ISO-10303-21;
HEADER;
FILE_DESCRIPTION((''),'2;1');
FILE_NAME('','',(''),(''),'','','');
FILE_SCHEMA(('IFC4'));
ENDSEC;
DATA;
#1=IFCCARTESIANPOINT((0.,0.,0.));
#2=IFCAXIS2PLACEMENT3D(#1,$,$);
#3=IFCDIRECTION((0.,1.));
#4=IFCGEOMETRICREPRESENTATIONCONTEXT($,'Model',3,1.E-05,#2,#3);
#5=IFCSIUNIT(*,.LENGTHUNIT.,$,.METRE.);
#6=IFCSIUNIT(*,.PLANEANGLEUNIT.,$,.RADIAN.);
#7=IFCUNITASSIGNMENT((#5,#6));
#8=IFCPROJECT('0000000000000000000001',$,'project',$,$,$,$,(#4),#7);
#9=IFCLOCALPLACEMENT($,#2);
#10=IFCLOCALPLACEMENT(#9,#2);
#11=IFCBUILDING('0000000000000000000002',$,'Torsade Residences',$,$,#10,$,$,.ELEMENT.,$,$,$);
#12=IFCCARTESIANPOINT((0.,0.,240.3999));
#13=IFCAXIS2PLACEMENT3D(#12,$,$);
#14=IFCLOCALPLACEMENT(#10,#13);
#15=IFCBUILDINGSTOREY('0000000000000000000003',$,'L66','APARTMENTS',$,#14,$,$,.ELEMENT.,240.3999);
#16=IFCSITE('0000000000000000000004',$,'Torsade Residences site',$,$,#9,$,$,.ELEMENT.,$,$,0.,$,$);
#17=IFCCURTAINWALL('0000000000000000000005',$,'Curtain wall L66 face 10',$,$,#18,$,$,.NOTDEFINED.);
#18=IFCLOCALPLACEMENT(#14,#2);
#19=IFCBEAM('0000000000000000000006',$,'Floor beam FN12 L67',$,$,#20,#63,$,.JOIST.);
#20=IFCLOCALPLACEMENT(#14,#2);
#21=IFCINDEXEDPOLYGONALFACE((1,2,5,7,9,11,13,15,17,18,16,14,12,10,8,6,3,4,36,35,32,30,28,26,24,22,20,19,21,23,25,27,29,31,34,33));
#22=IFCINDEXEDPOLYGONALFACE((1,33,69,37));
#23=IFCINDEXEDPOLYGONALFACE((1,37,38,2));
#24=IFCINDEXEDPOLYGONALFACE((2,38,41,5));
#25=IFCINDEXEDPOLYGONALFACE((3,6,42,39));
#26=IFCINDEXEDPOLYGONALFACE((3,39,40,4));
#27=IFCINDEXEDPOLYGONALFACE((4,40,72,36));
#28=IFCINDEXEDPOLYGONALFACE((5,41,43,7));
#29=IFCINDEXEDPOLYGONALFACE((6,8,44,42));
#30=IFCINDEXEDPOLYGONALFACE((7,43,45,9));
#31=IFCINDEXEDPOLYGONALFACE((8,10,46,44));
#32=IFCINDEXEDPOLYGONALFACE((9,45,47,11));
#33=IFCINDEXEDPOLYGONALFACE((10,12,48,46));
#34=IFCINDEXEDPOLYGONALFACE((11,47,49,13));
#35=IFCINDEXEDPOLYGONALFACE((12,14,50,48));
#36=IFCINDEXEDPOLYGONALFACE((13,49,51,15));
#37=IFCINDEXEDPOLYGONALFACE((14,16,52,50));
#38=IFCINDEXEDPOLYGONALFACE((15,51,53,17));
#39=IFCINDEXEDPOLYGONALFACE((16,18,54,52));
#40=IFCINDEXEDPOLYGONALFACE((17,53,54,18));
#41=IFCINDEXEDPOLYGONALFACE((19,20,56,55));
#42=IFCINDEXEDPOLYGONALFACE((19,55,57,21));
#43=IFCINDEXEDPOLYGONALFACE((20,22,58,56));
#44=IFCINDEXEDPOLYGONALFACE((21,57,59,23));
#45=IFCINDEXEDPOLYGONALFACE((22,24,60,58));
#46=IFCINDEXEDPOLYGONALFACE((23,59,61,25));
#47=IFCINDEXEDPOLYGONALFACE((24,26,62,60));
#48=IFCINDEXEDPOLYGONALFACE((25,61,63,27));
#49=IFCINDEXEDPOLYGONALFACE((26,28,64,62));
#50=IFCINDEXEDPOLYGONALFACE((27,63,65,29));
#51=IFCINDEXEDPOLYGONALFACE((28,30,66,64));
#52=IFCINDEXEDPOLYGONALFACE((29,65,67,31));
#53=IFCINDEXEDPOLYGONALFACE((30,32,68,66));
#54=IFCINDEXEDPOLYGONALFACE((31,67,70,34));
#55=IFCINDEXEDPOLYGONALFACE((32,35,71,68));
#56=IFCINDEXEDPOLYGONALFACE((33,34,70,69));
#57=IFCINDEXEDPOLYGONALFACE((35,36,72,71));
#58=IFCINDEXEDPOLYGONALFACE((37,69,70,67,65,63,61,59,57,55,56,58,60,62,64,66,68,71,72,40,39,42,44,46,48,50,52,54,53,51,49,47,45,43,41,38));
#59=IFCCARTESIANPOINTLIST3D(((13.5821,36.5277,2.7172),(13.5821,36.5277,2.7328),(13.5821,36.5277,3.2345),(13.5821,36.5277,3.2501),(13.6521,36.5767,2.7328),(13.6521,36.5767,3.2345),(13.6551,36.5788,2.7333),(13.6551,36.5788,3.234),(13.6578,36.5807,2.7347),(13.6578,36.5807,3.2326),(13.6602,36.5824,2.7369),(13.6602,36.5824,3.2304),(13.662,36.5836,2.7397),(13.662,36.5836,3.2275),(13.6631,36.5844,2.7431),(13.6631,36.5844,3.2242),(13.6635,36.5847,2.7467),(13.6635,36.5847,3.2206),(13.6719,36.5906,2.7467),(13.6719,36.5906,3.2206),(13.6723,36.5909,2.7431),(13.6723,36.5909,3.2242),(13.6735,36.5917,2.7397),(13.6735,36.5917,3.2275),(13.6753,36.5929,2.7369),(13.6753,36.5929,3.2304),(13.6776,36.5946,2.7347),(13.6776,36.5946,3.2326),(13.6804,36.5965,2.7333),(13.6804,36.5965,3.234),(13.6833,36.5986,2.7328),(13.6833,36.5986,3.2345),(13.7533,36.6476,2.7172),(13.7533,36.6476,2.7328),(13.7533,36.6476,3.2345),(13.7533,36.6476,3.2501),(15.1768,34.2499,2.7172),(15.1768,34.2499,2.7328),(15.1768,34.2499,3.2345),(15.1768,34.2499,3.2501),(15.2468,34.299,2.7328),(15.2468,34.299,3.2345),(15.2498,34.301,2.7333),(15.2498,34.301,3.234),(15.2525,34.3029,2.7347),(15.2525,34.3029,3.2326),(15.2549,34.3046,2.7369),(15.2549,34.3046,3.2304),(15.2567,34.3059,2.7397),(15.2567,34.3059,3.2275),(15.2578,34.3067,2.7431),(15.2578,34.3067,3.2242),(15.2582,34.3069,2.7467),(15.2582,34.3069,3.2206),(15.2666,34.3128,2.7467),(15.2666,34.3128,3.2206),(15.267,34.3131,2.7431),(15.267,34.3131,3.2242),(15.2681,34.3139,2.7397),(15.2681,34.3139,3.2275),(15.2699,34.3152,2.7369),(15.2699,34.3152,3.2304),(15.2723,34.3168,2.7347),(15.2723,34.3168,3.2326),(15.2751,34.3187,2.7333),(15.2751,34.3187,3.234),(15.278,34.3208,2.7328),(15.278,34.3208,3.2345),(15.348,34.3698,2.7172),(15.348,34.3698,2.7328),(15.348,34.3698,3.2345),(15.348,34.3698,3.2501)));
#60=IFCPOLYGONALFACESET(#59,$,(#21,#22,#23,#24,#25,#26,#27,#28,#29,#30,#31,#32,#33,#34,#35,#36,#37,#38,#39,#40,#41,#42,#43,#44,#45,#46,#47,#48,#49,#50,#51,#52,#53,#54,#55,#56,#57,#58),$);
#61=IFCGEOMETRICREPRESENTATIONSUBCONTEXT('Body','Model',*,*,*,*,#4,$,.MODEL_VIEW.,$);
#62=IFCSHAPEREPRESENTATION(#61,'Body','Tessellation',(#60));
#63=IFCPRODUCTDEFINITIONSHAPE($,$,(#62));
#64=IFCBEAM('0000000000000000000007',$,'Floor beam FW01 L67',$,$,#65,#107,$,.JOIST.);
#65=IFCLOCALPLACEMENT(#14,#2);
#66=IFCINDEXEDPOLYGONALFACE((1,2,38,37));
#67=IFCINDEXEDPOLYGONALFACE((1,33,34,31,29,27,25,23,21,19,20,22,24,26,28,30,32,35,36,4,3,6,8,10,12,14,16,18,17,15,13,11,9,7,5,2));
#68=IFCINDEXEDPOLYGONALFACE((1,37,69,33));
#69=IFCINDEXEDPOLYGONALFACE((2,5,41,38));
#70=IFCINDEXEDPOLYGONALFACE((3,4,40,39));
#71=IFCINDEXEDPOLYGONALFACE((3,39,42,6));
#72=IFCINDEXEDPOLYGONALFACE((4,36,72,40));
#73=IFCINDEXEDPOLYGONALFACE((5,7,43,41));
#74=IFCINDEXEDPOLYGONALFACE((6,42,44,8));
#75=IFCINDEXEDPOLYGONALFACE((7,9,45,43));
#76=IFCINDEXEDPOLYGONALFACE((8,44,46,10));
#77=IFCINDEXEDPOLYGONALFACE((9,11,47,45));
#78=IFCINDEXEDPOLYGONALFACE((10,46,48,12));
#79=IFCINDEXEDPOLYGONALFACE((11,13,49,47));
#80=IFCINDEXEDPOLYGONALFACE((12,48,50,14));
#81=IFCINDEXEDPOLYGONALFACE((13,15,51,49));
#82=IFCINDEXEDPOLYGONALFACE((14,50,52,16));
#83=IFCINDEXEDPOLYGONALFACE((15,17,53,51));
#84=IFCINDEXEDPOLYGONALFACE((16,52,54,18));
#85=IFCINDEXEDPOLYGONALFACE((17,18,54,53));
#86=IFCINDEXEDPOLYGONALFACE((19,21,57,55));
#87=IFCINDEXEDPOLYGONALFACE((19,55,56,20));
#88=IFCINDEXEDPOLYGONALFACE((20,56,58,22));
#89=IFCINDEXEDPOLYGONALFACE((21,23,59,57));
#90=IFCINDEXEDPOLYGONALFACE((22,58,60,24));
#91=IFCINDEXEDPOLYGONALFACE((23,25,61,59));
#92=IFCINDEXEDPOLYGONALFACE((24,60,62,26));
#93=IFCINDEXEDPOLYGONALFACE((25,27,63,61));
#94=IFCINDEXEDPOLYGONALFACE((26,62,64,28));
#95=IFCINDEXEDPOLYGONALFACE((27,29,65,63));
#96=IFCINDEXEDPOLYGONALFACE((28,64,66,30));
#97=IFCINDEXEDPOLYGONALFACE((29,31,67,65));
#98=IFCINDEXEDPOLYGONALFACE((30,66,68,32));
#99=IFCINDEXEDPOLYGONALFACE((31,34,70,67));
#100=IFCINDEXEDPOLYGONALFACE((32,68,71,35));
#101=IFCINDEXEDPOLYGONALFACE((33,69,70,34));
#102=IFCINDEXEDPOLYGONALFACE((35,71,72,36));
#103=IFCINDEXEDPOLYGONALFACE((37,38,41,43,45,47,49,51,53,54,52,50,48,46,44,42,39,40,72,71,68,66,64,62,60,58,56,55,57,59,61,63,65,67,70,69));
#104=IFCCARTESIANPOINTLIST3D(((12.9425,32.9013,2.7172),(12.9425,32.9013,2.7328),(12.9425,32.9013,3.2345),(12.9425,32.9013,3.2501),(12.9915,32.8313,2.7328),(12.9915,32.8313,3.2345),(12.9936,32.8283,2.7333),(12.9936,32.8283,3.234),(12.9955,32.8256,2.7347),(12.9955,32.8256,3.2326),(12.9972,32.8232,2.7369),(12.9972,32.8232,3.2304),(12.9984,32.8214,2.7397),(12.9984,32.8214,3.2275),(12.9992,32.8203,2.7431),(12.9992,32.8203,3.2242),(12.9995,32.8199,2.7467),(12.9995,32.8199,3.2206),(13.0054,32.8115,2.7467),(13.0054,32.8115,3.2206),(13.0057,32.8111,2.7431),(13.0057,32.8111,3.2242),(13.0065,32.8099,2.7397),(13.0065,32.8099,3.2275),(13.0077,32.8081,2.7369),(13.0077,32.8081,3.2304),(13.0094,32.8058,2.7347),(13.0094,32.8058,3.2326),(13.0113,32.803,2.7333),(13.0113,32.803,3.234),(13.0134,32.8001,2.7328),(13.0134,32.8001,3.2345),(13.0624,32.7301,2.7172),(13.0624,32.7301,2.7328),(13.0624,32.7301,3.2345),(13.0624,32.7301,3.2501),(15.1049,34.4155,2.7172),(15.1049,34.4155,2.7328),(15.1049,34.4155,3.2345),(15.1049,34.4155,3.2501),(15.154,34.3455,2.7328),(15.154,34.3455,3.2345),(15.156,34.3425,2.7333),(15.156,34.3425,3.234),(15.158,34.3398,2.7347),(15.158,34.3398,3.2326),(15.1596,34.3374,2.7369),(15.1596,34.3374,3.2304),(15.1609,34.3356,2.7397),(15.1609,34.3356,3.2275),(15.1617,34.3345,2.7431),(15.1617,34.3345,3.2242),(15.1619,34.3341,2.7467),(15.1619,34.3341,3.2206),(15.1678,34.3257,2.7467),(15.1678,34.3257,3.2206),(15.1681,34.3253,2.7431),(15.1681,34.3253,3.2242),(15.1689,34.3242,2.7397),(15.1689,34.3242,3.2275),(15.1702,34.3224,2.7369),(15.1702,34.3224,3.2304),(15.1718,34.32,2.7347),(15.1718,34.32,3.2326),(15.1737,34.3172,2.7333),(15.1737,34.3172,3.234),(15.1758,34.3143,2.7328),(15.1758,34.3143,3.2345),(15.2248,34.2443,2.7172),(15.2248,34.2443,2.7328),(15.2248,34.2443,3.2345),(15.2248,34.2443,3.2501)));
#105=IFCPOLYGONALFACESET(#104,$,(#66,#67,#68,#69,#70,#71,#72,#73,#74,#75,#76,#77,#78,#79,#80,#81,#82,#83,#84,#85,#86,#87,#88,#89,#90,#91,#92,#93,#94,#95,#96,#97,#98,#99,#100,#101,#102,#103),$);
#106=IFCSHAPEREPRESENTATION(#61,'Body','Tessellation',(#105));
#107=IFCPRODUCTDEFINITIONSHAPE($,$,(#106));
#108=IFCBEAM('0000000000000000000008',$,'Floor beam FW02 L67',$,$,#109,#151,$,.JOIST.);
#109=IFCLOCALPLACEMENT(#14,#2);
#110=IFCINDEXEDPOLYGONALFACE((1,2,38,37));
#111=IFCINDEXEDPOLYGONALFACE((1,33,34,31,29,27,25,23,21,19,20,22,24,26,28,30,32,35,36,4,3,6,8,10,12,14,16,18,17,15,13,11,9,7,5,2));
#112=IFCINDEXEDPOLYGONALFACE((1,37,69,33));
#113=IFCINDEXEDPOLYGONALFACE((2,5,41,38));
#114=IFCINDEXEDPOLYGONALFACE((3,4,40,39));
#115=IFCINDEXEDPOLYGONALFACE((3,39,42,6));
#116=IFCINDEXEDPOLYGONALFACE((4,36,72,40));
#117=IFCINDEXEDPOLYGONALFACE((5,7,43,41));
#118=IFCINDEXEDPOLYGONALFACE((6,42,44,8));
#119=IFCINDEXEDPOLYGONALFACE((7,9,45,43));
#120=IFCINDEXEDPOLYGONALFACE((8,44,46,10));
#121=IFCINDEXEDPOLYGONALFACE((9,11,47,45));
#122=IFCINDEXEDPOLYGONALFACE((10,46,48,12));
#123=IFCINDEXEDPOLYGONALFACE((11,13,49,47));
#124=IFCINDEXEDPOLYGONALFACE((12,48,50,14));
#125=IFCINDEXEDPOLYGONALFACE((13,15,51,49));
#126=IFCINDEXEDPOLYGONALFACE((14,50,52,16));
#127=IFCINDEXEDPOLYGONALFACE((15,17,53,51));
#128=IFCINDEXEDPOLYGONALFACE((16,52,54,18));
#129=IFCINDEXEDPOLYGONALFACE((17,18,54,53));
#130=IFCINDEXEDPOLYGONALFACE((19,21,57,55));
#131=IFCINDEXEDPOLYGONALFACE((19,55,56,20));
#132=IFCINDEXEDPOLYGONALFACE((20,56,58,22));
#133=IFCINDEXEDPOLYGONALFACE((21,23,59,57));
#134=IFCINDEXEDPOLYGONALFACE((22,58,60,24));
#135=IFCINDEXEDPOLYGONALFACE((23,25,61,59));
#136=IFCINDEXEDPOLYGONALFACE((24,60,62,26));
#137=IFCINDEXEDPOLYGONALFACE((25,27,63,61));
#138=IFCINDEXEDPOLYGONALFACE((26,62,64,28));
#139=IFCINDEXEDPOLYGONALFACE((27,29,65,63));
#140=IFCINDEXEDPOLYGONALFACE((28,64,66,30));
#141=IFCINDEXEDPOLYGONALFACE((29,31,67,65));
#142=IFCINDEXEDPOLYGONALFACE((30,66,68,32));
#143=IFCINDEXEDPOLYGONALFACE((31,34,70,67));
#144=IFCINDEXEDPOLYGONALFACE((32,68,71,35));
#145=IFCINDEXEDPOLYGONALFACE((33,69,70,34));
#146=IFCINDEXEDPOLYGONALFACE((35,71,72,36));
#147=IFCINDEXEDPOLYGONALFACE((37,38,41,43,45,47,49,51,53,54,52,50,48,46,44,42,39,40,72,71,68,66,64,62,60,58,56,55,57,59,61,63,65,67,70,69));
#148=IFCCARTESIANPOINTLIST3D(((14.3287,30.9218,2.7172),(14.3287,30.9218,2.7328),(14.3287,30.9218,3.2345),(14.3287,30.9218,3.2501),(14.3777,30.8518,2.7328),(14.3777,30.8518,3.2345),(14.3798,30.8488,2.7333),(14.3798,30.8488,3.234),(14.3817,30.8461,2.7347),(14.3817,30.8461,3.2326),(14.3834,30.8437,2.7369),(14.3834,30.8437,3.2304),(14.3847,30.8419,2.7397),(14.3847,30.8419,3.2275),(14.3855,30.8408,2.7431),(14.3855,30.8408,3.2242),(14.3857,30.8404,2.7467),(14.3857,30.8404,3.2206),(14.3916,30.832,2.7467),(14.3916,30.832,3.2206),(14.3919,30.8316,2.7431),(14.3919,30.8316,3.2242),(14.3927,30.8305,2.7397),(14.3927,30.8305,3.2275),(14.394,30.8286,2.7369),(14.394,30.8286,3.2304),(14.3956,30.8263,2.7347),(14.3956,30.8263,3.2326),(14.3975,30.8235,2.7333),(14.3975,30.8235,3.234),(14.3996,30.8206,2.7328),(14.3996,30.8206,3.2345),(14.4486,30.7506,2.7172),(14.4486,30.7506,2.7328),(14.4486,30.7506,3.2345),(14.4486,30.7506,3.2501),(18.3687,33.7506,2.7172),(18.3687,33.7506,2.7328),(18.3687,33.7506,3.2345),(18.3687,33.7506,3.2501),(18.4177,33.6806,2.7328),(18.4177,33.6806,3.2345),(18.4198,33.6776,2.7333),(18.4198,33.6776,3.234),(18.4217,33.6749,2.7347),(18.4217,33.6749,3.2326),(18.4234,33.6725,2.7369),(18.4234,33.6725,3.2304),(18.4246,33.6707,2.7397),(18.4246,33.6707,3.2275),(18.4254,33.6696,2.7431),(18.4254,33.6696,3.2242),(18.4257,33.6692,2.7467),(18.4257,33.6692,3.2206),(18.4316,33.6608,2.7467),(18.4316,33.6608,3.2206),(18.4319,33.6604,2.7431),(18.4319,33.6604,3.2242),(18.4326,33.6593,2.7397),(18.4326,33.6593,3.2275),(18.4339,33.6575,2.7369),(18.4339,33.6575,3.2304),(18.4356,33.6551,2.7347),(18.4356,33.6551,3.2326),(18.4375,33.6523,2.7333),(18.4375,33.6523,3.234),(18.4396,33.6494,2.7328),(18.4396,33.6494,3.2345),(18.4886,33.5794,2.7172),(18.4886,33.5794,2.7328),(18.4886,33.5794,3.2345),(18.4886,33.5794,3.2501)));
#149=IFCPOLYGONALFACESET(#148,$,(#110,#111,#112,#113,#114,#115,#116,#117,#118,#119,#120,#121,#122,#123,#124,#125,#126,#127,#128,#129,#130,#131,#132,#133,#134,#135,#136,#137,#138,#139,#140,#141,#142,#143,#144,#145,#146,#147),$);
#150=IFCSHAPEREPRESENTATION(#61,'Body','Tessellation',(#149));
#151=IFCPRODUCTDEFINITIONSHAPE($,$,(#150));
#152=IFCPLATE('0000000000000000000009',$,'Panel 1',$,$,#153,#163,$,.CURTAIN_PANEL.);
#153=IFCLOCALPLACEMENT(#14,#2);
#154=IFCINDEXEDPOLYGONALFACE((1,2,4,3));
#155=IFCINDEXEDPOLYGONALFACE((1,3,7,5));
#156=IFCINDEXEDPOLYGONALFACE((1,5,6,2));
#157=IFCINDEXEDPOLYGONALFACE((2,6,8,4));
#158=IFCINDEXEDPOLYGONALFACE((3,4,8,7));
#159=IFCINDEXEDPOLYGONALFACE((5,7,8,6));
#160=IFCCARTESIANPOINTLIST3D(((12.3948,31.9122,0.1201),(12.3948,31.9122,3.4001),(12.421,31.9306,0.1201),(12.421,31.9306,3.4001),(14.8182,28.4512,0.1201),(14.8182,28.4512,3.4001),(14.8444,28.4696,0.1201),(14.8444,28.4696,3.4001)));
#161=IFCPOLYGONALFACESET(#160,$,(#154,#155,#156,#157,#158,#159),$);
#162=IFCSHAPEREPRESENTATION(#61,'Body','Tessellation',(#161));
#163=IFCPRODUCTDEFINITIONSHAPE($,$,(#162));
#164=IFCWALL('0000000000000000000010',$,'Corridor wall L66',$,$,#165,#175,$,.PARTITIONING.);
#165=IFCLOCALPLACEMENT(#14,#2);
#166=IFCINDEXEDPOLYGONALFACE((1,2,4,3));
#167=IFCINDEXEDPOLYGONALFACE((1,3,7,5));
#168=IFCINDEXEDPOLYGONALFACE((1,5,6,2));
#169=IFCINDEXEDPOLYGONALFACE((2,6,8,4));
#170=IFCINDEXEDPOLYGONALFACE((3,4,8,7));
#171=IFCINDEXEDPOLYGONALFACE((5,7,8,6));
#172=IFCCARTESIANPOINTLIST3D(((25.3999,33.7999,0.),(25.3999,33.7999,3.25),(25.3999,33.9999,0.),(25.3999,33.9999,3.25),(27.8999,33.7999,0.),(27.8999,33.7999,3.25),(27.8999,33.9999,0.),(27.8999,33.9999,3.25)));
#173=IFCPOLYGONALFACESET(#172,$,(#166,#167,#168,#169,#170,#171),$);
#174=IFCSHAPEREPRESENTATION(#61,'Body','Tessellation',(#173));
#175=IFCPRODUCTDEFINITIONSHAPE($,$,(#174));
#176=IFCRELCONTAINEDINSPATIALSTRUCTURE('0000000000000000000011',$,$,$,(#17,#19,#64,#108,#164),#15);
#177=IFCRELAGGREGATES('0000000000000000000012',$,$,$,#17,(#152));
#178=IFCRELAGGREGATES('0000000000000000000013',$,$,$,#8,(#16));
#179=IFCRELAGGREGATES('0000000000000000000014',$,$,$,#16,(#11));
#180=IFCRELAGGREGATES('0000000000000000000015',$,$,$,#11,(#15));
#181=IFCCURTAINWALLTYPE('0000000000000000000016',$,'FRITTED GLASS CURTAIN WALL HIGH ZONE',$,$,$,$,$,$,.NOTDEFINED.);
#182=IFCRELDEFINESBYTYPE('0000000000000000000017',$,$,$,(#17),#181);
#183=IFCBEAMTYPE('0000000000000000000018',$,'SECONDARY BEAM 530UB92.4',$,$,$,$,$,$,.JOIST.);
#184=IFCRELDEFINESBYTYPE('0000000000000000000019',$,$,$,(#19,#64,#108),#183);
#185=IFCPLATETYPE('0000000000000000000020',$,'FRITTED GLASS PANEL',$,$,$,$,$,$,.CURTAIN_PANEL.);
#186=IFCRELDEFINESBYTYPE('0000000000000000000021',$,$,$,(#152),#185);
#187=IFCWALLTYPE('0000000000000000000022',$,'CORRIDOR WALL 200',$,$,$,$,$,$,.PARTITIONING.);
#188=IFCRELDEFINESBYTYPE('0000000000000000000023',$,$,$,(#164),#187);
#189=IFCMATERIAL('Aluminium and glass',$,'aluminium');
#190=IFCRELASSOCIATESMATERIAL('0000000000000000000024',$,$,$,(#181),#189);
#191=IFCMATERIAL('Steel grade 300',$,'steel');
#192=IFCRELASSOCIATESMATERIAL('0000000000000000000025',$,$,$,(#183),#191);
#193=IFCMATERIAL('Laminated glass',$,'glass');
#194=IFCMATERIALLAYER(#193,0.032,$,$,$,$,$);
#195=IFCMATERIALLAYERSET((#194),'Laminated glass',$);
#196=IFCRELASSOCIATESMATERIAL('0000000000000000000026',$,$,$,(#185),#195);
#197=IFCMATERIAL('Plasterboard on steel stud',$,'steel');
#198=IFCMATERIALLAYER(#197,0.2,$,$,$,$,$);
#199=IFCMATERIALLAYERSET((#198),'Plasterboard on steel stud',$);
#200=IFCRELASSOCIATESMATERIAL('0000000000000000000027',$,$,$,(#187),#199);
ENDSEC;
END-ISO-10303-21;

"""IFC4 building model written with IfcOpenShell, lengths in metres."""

from ifc_helpers import new_model, si_unit, direction, frame, frame_2d, origin, origin_2d, place, context, subcontext, project, spatial, rectangle, i_section, extrude, material, layer, layer_set, material_profile, profile_set, type_object, element, aggregate, save


model = new_model("IFC4")

# Units and contexts
model_context = context("Model", 3, precision=1e-05, world=origin(), true_north=direction((0.0, 1.0)))
body_context = subcontext(model_context, "Body", "Model", "MODEL_VIEW")
ifc_project = project(units=[si_unit("LENGTHUNIT", "METRE"), si_unit("PLANEANGLEUNIT", "RADIAN")], contexts=[model_context])

# Site, building, storey
site_placement = place(None, origin())
site = spatial("IfcSite", under=ifc_project, at=site_placement, Name="Torsade Residences site", CompositionType="ELEMENT", RefElevation=0.0)
building_placement = place(site_placement, origin())
building = spatial("IfcBuilding", under=site, at=building_placement, Name="Torsade Residences", CompositionType="ELEMENT")
storey_placement = place(building_placement, frame((0.0, 0.0, 240.3999)))
storey = spatial("IfcBuildingStorey", under=building, at=storey_placement, Name="L66", Description="APARTMENTS", CompositionType="ELEMENT", Elevation=240.3999)

# Shared definitions
ifc_material_1 = material(Name="Aluminium and glass", Category="aluminium")
curtain_wall_type = type_object("IfcCurtainWallType", Name="FRITTED GLASS CURTAIN WALL HIGH ZONE", PredefinedType="NOTDEFINED", material=ifc_material_1)

# Curtain wall
curtain_wall_1_placement = place(storey_placement, origin())
curtain_wall_1 = element("IfcCurtainWall", 1, at=curtain_wall_1_placement, inside=storey, type_object=curtain_wall_type, Name="Curtain wall L66 face 10", PredefinedType="NOTDEFINED")

# Beams
ifc_material_2 = material(Name="Steel grade 300", Category="steel")
ifc_material_profile_1 = material_profile(ifc_material_2, i_section(OverallWidth=0.209, OverallDepth=0.533, WebThickness=0.0103, FlangeThickness=0.0156, FilletRadius=0.0139, at=origin_2d()), Name="530UB92.4")
ifc_profile_set_1 = profile_set([ifc_material_profile_1], Name="Steel grade 300")
beam_type_1 = type_object("IfcBeamType", Name="SECONDARY BEAM 530UB92.4", PredefinedType="JOIST", material=ifc_profile_set_1)
beam_1_placement = place(storey_placement, frame((13.6677, 36.5876, 2.9836), z_axis=(0.573521, -0.819191, 0.0), x_axis=(0.819191, 0.573521, 0.0)))
element("IfcBeam", 2, at=beam_1_placement, inside=storey, type_object=beam_type_1, Name="Floor beam FN12 L67", PredefinedType="JOIST", context=body_context, shape_type="SweptSolid", body=[
    extrude(i_section(OverallWidth=0.209, OverallDepth=0.533, WebThickness=0.0103, FlangeThickness=0.0156, FilletRadius=0.0139, at=origin_2d()), origin(), (0.0, 0.0, 1.0), 2.7805),
])
beam_2_placement = place(storey_placement, frame((13.0024, 32.8157, 2.9836), z_axis=(0.819141, 0.573593, 0.0), x_axis=(-0.573593, 0.819141, 0.0)))
element("IfcBeam", 3, at=beam_2_placement, inside=storey, type_object=beam_type_1, Name="Floor beam FW01 L67", PredefinedType="JOIST", context=body_context, shape_type="SweptSolid", body=[
    extrude(i_section(OverallWidth=0.209, OverallDepth=0.533, WebThickness=0.0103, FlangeThickness=0.0156, FilletRadius=0.0139, at=origin_2d()), origin(), (0.0, 0.0, 1.0), 2.6399),
])
beam_3_placement = place(storey_placement, frame((14.3887, 30.8362, 2.9836), z_axis=(0.819153, 0.573575, 0.0), x_axis=(-0.573575, 0.819153, 0.0)))
element("IfcBeam", 4, at=beam_3_placement, inside=storey, type_object=beam_type_1, Name="Floor beam FW02 L67", PredefinedType="JOIST", context=body_context, shape_type="SweptSolid", body=[
    extrude(i_section(OverallWidth=0.209, OverallDepth=0.533, WebThickness=0.0103, FlangeThickness=0.0156, FilletRadius=0.0139, at=origin_2d()), origin(), (0.0, 0.0, 1.0), 4.9319),
])

# Plate
ifc_material_3 = material(Name="Laminated glass", Category="glass")
ifc_layer_1 = layer(ifc_material_3, 0.032)
ifc_layer_set_1 = layer_set([ifc_layer_1], Name="Laminated glass")
plate_type = type_object("IfcPlateType", Name="FRITTED GLASS PANEL", PredefinedType="CURTAIN_PANEL", material=ifc_layer_set_1)
plate_placement = place(storey_placement, frame((13.6196, 30.1909, 0.1201), z_axis=(0.0, 0.0, 1.0), x_axis=(0.573576, -0.819152, 0.0)))
plate = element("IfcPlate", 5, at=plate_placement, type_object=plate_type, Name="Panel 1", PredefinedType="CURTAIN_PANEL", context=body_context, shape_type="SweptSolid", body=[
    extrude(rectangle(XDim=4.2251, YDim=0.032, at=origin_2d()), origin(), (0.0, 0.0, 1.0), 3.28),
])
aggregate(curtain_wall_1, [plate])

# Wall
ifc_material_4 = material(Name="Plasterboard on steel stud", Category="steel")
ifc_layer_2 = layer(ifc_material_4, 0.2)
ifc_layer_set_2 = layer_set([ifc_layer_2], Name="Plasterboard on steel stud")
wall_type_1 = type_object("IfcWallType", Name="CORRIDOR WALL 200", PredefinedType="PARTITIONING", material=ifc_layer_set_2)
wall_1_placement = place(storey_placement, frame((27.8999, 33.8999, 0.0), z_axis=(0.0, 0.0, 1.0), x_axis=(-1.0, 0.0, 0.0)))
element("IfcWall", 6, at=wall_1_placement, inside=storey, type_object=wall_type_1, Name="Corridor wall L66", PredefinedType="PARTITIONING", context=body_context, shape_type="SweptSolid", body=[
    extrude(rectangle(XDim=2.5, YDim=0.2, at=frame_2d((1.25, 0.0))), origin(), (0.0, 0.0, 1.0), 3.25),
])

save(model, "model.ifc")
